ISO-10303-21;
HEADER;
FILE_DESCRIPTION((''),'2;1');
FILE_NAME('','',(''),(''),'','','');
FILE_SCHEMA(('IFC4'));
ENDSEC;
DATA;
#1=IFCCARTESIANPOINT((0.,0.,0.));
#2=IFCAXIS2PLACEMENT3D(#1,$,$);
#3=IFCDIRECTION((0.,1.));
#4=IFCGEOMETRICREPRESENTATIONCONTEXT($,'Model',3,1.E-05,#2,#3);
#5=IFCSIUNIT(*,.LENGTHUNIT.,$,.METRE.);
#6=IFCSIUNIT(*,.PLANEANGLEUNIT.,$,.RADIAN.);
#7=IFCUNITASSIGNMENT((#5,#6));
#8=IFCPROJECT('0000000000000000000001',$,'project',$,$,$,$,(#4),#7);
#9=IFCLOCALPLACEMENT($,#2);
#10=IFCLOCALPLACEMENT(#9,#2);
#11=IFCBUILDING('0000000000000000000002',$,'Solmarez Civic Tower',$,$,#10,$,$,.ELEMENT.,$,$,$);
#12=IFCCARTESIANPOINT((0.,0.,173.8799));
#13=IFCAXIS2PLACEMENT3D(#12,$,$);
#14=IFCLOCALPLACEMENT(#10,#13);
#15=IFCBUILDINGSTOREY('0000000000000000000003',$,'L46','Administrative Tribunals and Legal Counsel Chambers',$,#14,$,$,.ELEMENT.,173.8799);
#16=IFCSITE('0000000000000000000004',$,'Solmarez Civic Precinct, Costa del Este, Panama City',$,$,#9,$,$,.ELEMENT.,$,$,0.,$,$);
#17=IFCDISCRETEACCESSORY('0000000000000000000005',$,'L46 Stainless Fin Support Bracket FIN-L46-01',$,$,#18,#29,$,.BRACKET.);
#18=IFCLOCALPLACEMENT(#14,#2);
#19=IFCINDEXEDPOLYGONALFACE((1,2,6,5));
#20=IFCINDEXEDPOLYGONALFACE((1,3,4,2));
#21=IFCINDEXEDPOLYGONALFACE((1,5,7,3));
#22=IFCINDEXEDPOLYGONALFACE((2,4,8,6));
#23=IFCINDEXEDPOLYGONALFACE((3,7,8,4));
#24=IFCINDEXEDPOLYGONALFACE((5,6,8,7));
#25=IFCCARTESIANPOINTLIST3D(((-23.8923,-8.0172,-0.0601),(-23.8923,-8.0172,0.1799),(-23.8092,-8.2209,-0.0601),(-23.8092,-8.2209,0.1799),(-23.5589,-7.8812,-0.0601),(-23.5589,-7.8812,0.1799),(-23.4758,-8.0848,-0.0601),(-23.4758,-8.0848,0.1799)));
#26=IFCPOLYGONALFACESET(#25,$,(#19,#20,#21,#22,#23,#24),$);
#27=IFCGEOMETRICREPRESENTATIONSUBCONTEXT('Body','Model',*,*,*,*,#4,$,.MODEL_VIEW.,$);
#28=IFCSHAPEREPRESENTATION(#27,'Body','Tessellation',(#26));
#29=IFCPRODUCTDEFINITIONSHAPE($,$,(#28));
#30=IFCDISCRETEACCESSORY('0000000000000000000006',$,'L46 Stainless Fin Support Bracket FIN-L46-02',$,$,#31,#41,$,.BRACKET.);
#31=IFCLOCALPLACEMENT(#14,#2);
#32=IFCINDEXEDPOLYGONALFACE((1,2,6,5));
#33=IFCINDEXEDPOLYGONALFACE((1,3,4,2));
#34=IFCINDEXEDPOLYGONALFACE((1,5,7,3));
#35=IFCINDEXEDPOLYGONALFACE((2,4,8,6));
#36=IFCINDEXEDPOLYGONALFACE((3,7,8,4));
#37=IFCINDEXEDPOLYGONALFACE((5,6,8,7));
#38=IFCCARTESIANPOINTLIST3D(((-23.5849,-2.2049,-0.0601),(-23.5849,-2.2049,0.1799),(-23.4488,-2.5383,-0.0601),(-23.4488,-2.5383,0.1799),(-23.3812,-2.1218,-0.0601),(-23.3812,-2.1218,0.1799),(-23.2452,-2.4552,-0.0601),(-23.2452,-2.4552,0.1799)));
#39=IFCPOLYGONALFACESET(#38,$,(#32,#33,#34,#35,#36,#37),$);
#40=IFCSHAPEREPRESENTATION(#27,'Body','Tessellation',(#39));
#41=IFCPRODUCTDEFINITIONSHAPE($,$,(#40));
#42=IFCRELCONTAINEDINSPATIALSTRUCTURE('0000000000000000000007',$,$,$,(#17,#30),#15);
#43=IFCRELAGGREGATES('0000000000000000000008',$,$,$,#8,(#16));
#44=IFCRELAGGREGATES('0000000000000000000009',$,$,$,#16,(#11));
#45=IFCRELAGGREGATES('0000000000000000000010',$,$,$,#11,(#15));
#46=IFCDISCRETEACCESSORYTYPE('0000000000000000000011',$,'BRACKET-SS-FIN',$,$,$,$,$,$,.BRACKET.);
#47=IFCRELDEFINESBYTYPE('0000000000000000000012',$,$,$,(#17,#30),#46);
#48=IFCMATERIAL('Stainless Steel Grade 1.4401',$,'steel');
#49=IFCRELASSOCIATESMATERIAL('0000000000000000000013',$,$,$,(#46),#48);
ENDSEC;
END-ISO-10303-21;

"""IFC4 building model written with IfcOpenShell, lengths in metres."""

from ifc_helpers import new_model, si_unit, direction, frame, origin, origin_2d, place, context, subcontext, project, spatial, rectangle, extrude, material, type_object, element, save


model = new_model("IFC4")

# Units and contexts
model_context = context("Model", 3, precision=1e-05, world=origin(), true_north=direction((0.0, 1.0)))
body_context = subcontext(model_context, "Body", "Model", "MODEL_VIEW")
ifc_project = project(units=[si_unit("LENGTHUNIT", "METRE"), si_unit("PLANEANGLEUNIT", "RADIAN")], contexts=[model_context])

# Site, building, storey
site_placement = place(None, origin())
site = spatial("IfcSite", under=ifc_project, at=site_placement, Name="Solmarez Civic Precinct, Costa del Este, Panama City", CompositionType="ELEMENT", RefElevation=0.0)
building_placement = place(site_placement, origin())
building = spatial("IfcBuilding", under=site, at=building_placement, Name="Solmarez Civic Tower", CompositionType="ELEMENT")
storey_placement = place(building_placement, frame((0.0, 0.0, 173.8799)))
storey = spatial("IfcBuildingStorey", under=building, at=storey_placement, Name="L46", Description="Administrative Tribunals and Legal Counsel Chambers", CompositionType="ELEMENT", Elevation=173.8799)

# Discrete accessories
ifc_material_1 = material(Name="Stainless Steel Grade 1.4401", Category="steel")
discrete_accessory_type = type_object("IfcDiscreteAccessoryType", Name="BRACKET-SS-FIN", PredefinedType="BRACKET", material=ifc_material_1)
for number, where, z_axis, x_axis, name in (
    (1, (-23.6841, -8.051, -0.0601), (0.0, 0.0, 1.0), (-0.925882, -0.377814, 0.0), "L46 Stainless Fin Support Bracket FIN-L46-01"),
    (2, (-23.415, -2.3301, -0.0601), (0.0, 0.0, 1.0), (-0.377858, 0.925864, 0.0), "L46 Stainless Fin Support Bracket FIN-L46-02"),
):
    element("IfcDiscreteAccessory", number, at=place(storey_placement, frame(where, z_axis=z_axis, x_axis=x_axis)), inside=storey, type_object=discrete_accessory_type, Name=name, PredefinedType="BRACKET", context=body_context, shape_type="SweptSolid", body=[
        extrude(rectangle(XDim=0.3601, YDim=0.22, at=origin_2d()), origin(), (0.0, 0.0, 1.0), 0.24),
    ])

save(model, "model.ifc")
